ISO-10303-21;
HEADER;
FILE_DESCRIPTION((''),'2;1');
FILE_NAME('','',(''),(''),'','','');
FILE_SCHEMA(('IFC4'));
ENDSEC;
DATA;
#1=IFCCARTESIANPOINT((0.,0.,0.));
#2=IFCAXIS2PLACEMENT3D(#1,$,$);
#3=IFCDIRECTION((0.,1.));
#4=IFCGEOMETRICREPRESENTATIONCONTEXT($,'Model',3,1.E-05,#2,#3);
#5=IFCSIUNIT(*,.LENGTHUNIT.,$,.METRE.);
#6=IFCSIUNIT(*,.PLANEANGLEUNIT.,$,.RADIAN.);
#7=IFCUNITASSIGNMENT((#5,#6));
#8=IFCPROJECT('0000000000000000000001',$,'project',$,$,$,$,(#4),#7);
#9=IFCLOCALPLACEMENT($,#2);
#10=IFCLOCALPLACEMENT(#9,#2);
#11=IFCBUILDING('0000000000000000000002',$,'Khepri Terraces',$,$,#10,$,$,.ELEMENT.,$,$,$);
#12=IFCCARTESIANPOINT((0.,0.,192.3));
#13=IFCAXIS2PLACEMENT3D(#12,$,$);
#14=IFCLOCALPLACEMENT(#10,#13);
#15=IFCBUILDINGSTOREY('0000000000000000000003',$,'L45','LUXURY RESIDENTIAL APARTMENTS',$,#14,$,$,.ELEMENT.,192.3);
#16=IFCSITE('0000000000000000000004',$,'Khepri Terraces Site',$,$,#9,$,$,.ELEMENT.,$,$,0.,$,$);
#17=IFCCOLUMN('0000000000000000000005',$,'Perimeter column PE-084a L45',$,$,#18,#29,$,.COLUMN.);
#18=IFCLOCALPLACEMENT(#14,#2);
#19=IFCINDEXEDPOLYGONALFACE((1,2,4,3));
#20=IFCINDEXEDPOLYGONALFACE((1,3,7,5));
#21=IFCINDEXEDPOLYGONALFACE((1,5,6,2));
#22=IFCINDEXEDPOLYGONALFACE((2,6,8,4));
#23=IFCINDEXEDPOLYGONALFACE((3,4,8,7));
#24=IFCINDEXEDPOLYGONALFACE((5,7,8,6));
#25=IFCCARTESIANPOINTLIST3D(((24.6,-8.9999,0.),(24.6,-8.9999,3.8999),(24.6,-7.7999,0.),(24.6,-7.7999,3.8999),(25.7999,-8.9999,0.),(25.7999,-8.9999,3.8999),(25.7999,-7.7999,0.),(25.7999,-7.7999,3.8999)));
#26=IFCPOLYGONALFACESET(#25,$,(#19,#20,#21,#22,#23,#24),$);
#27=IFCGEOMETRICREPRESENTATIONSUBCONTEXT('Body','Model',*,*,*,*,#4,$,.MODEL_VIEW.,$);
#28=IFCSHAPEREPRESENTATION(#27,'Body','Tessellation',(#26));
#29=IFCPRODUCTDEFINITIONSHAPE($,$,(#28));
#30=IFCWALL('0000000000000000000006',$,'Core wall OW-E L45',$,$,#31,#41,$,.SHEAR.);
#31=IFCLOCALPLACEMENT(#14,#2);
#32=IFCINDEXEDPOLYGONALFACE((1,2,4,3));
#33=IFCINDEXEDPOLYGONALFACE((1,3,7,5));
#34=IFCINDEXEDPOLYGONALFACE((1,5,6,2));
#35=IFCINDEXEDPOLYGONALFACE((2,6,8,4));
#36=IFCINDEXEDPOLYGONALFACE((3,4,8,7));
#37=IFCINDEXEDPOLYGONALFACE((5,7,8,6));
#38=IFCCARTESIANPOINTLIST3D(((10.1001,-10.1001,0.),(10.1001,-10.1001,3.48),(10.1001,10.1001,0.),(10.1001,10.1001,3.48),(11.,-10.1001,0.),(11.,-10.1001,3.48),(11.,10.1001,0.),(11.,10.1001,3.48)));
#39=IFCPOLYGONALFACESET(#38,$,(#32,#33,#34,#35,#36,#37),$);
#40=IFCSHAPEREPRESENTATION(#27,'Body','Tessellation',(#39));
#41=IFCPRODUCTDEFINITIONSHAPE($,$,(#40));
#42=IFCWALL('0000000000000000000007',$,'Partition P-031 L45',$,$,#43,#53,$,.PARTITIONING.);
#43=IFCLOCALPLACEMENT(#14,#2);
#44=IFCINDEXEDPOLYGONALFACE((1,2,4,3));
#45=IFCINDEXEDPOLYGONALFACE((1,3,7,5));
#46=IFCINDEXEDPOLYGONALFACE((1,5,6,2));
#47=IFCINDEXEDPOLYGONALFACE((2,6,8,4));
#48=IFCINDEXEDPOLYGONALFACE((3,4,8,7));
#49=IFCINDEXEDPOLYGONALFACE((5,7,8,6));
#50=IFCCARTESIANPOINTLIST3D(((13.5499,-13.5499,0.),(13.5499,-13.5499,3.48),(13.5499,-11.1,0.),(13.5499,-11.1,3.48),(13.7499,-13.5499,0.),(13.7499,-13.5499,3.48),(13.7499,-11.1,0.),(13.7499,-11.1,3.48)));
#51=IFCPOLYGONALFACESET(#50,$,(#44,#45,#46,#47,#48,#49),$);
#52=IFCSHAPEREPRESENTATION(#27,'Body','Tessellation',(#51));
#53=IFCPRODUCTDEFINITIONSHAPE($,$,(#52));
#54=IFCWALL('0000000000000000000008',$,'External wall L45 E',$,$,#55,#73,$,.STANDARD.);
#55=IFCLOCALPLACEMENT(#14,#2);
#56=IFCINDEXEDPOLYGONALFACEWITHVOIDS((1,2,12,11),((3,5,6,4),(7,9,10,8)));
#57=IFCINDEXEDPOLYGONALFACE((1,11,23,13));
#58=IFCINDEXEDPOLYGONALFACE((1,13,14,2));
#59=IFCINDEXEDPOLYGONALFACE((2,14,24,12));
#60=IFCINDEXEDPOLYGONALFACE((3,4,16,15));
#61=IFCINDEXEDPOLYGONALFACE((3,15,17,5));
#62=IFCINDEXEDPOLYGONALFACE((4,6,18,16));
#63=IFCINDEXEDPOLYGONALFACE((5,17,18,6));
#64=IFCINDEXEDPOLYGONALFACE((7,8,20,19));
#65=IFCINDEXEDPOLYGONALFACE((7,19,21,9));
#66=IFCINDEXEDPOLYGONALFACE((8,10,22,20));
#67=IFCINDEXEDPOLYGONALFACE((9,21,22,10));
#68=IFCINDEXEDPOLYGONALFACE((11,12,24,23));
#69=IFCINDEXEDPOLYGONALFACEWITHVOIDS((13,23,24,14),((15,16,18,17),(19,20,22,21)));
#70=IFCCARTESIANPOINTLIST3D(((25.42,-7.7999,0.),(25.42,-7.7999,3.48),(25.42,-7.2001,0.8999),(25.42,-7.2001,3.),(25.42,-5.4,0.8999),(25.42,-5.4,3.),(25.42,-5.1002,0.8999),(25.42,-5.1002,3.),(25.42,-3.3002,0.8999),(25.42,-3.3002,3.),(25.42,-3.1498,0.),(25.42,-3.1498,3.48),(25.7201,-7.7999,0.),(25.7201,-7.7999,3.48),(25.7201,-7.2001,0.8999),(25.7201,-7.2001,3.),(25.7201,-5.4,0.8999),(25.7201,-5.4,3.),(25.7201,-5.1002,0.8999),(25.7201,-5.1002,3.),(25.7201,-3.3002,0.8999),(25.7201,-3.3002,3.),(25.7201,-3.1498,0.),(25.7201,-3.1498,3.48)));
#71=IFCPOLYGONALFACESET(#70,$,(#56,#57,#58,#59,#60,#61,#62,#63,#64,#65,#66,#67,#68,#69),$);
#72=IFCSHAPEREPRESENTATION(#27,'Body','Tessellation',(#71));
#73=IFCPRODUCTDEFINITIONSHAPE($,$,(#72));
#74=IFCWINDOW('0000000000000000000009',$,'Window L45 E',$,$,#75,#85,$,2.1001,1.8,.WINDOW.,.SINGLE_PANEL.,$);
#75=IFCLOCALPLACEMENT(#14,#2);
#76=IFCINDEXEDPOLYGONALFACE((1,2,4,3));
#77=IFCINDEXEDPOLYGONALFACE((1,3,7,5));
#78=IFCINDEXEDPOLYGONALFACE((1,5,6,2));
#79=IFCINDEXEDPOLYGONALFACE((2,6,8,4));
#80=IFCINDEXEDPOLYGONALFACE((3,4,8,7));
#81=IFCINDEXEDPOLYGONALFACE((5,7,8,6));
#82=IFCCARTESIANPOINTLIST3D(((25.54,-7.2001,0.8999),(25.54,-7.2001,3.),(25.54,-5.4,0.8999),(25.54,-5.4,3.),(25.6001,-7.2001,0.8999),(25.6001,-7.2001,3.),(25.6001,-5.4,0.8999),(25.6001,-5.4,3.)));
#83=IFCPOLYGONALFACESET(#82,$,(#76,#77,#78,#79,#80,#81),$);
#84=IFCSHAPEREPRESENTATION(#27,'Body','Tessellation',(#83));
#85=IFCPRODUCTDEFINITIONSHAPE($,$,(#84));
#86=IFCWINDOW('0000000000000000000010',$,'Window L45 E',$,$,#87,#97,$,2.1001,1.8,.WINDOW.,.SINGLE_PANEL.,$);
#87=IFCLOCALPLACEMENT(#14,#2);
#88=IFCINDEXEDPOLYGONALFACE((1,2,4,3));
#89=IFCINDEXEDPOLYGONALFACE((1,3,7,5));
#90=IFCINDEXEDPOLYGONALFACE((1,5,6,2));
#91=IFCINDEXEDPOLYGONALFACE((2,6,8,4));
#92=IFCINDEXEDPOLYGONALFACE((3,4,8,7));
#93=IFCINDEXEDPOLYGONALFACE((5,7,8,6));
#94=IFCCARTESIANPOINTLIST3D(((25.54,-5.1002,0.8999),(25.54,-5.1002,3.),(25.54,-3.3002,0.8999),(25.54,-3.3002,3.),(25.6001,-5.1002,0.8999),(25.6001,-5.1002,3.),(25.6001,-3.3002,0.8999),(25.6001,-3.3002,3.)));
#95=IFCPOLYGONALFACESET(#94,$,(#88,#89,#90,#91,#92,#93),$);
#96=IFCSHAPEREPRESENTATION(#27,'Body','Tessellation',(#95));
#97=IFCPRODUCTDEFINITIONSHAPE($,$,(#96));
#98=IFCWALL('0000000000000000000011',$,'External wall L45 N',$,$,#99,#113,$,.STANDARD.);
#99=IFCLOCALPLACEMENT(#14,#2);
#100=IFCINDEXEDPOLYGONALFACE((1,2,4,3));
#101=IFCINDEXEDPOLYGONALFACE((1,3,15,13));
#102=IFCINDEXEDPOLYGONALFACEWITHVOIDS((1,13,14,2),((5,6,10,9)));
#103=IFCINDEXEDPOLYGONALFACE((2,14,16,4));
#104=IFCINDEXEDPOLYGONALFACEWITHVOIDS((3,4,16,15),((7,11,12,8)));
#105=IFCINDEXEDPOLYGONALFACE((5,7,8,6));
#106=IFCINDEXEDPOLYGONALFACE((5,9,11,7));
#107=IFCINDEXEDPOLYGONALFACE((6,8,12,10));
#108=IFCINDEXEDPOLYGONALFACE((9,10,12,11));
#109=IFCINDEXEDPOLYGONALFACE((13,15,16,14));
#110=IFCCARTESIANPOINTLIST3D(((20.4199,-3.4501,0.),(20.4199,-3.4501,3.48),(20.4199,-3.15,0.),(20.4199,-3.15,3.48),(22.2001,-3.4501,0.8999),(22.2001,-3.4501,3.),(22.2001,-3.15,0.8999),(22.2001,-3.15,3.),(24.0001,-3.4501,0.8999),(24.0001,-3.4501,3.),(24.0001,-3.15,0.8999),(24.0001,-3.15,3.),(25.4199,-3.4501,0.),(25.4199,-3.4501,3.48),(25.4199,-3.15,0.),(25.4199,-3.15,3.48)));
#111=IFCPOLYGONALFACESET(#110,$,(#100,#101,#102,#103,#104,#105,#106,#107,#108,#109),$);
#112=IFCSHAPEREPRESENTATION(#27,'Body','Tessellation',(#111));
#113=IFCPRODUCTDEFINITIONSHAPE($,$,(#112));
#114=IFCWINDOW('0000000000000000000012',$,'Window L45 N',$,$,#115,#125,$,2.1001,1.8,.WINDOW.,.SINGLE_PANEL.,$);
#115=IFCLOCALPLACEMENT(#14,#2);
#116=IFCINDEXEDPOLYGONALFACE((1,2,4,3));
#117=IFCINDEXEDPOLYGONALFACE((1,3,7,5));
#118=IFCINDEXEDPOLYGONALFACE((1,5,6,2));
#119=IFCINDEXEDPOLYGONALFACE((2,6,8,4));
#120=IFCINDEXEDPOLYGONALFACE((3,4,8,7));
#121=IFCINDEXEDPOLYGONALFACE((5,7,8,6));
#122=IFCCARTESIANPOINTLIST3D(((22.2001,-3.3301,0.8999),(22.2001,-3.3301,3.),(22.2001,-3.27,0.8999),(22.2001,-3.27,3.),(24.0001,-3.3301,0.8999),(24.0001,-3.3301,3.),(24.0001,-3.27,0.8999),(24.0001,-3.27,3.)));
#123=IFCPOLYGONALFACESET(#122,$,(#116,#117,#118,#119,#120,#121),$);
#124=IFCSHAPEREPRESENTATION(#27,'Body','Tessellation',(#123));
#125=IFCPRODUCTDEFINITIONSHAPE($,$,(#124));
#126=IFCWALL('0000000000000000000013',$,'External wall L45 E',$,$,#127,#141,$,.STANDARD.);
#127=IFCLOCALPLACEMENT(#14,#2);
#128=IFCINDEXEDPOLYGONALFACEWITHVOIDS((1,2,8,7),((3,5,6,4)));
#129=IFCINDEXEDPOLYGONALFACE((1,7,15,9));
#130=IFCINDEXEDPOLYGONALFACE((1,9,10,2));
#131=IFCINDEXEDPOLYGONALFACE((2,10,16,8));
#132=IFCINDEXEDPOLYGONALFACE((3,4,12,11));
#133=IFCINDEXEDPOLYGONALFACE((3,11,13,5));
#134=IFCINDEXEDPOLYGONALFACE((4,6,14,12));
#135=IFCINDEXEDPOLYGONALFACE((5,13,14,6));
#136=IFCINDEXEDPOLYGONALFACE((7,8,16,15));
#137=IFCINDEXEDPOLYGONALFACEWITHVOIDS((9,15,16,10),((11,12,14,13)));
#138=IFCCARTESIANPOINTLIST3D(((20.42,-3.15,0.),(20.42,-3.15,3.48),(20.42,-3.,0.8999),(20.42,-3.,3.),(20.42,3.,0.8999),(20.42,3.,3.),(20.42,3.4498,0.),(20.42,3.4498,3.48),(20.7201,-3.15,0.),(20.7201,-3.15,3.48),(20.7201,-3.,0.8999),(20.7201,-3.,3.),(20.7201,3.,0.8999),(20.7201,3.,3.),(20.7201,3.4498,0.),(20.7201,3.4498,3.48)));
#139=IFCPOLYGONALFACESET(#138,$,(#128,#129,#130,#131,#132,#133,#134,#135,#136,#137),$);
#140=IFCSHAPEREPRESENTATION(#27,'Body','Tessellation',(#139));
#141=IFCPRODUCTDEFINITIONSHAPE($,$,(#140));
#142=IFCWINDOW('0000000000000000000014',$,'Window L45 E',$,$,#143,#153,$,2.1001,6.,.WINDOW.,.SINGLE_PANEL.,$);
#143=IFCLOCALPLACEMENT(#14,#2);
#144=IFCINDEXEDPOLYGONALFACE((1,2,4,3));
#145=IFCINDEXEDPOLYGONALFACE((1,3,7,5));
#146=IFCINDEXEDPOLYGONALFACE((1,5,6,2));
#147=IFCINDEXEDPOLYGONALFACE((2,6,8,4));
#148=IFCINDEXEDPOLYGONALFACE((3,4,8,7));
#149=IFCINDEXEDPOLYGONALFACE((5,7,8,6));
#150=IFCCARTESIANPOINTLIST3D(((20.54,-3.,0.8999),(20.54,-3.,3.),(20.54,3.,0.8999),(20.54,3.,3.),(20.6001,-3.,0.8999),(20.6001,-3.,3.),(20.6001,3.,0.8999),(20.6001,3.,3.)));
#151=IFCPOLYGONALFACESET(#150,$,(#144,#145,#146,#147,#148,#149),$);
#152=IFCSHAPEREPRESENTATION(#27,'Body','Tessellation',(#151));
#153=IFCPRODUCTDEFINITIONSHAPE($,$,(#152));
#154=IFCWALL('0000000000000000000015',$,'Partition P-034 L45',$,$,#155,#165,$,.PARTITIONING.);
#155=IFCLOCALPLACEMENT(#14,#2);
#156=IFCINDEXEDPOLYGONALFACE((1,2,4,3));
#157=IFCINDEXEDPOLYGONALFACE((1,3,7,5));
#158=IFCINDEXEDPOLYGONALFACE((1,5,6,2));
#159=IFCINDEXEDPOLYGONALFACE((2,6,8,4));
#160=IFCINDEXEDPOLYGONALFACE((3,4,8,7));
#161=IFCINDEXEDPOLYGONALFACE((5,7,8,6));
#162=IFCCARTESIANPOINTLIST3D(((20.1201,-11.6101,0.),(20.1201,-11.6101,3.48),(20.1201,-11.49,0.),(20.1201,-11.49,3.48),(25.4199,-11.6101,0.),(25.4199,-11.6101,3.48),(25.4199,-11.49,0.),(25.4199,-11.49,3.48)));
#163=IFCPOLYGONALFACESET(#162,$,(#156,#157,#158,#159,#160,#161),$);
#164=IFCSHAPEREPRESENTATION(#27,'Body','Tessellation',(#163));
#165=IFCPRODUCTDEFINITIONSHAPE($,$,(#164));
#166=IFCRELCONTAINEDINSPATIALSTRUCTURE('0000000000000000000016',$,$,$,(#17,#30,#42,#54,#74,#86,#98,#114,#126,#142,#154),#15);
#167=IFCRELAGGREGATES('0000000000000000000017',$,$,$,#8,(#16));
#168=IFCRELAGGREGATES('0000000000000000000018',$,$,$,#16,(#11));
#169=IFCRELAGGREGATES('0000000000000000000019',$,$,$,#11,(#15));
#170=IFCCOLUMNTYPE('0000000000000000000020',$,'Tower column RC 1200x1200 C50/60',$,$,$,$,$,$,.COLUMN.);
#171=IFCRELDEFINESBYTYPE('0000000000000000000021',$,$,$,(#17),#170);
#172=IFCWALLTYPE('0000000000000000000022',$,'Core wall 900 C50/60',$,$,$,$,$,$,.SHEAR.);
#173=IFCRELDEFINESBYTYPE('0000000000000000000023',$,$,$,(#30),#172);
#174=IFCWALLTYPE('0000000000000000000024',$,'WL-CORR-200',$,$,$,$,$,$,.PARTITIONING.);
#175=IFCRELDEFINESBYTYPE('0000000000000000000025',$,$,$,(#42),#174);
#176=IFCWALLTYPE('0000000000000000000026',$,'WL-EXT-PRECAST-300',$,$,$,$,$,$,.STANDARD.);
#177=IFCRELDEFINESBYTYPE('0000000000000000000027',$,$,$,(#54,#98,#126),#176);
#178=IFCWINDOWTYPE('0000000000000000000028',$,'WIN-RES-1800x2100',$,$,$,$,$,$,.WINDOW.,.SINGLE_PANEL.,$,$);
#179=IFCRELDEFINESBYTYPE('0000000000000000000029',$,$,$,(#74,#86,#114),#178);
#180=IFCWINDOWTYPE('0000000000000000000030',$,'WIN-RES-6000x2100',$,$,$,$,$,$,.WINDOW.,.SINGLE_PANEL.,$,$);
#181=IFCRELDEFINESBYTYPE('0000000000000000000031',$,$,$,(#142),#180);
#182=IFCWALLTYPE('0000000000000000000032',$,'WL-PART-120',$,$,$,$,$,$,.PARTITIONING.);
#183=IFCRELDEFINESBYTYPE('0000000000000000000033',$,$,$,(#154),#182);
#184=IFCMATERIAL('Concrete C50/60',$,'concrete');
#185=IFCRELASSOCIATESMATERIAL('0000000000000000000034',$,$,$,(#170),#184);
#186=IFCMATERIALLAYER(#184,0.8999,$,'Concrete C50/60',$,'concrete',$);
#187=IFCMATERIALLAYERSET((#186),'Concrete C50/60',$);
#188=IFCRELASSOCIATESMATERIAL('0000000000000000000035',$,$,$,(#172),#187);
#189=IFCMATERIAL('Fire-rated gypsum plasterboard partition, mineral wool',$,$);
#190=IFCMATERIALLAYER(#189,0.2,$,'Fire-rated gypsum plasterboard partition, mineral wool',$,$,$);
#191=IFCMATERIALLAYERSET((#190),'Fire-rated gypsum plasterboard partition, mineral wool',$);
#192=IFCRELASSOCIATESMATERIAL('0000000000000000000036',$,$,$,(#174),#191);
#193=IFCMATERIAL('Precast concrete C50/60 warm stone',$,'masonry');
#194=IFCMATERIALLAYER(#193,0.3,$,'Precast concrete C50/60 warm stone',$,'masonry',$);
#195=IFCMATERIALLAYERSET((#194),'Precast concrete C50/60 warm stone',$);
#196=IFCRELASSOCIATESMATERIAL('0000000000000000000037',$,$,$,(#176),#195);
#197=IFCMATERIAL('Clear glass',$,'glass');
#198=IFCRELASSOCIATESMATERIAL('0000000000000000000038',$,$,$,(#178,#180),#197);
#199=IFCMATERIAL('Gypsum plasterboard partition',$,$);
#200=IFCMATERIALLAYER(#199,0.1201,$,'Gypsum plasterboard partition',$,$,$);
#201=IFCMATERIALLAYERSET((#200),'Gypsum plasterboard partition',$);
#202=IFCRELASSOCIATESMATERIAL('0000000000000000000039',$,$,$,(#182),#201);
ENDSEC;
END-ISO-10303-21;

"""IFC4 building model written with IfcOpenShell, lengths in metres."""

from ifc_helpers import new_model, si_unit, direction, frame, frame_2d, origin, origin_2d, place, context, subcontext, project, spatial, rectangle, extrude, material, layer, layer_set, material_profile, profile_set, type_object, element, fill, save


model = new_model("IFC4")

# Units and contexts
model_context = context("Model", 3, precision=1e-05, world=origin(), true_north=direction((0.0, 1.0)))
body_context = subcontext(model_context, "Body", "Model", "MODEL_VIEW")
ifc_project = project(units=[si_unit("LENGTHUNIT", "METRE"), si_unit("PLANEANGLEUNIT", "RADIAN")], contexts=[model_context])

# Site, building, storey
site_placement = place(None, origin())
site = spatial("IfcSite", under=ifc_project, at=site_placement, Name="Khepri Terraces Site", CompositionType="ELEMENT", RefElevation=0.0)
building_placement = place(site_placement, origin())
building = spatial("IfcBuilding", under=site, at=building_placement, Name="Khepri Terraces", CompositionType="ELEMENT")
storey_placement = place(building_placement, frame((0.0, 0.0, 192.3)))
storey = spatial("IfcBuildingStorey", under=building, at=storey_placement, Name="L45", Description="LUXURY RESIDENTIAL APARTMENTS", CompositionType="ELEMENT", Elevation=192.3)

# Column
ifc_material_1 = material(Name="Concrete C50/60", Category="concrete")
ifc_material_profile = material_profile(ifc_material_1, rectangle(XDim=1.2, YDim=1.2, at=origin_2d()), Name="Concrete C50/60", Category="concrete")
ifc_profile_set = profile_set([ifc_material_profile], Name="Concrete C50/60")
column_type = type_object("IfcColumnType", Name="Tower column RC 1200x1200 C50/60", PredefinedType="COLUMN", material=ifc_profile_set)
column_placement = place(storey_placement, frame((25.2, -8.3999, 0.0), z_axis=(0.0, 0.0, 1.0), x_axis=(1.0, 0.0, 0.0)))
element("IfcColumn", 1, at=column_placement, inside=storey, type_object=column_type, Name="Perimeter column PE-084a L45", PredefinedType="COLUMN", context=body_context, shape_type="SweptSolid", body=[
    extrude(rectangle(XDim=1.2, YDim=1.2, at=origin_2d()), origin(), (0.0, 0.0, 1.0), 3.8999),
])

# Walls
ifc_layer_1 = layer(ifc_material_1, 0.8999, Name="Concrete C50/60", Category="concrete")
ifc_layer_set_1 = layer_set([ifc_layer_1], Name="Concrete C50/60")
wall_type_1 = type_object("IfcWallType", Name="Core wall 900 C50/60", PredefinedType="SHEAR", material=ifc_layer_set_1)
wall_1_placement = place(storey_placement, frame((10.55, -10.1001, 0.0), z_axis=(0.0, 0.0, 1.0), x_axis=(0.0, 1.0, 0.0)))
element("IfcWall", 2, at=wall_1_placement, inside=storey, type_object=wall_type_1, Name="Core wall OW-E L45", PredefinedType="SHEAR", context=body_context, shape_type="SweptSolid", body=[
    extrude(rectangle(XDim=20.2002, YDim=0.8999, at=frame_2d((10.1001, 0.0))), origin(), (0.0, 0.0, 1.0), 3.48),
])
ifc_material_2 = material(Name="Fire-rated gypsum plasterboard partition, mineral wool")
ifc_layer_2 = layer(ifc_material_2, 0.2, Name="Fire-rated gypsum plasterboard partition, mineral wool")
ifc_layer_set_2 = layer_set([ifc_layer_2], Name="Fire-rated gypsum plasterboard partition, mineral wool")
wall_type_2 = type_object("IfcWallType", Name="WL-CORR-200", PredefinedType="PARTITIONING", material=ifc_layer_set_2)
wall_2_placement = place(storey_placement, frame((13.6499, -13.55, 0.0), z_axis=(0.0, 0.0, 1.0), x_axis=(0.0, 1.0, 0.0)))
element("IfcWall", 3, at=wall_2_placement, inside=storey, type_object=wall_type_2, Name="Partition P-031 L45", PredefinedType="PARTITIONING", context=body_context, shape_type="SweptSolid", body=[
    extrude(rectangle(XDim=2.45, YDim=0.2, at=frame_2d((1.2251, 0.0))), origin(), (0.0, 0.0, 1.0), 3.48),
])

# Wall, openings, windows
ifc_material_3 = material(Name="Precast concrete C50/60 warm stone", Category="masonry")
ifc_layer_3 = layer(ifc_material_3, 0.3, Name="Precast concrete C50/60 warm stone", Category="masonry")
ifc_layer_set_3 = layer_set([ifc_layer_3], Name="Precast concrete C50/60 warm stone")
wall_type_3 = type_object("IfcWallType", Name="WL-EXT-PRECAST-300", PredefinedType="STANDARD", material=ifc_layer_set_3)
wall_3_placement = place(storey_placement, frame((25.5701, -7.8, 0.0), z_axis=(0.0, 0.0, 1.0), x_axis=(0.0, 1.0, 0.0)))
wall_3 = element("IfcWall", 4, at=wall_3_placement, inside=storey, type_object=wall_type_3, Name="External wall L45 E", PredefinedType="STANDARD", context=body_context, shape_type="SweptSolid", body=[
    extrude(rectangle(XDim=4.6501, YDim=0.3, at=frame_2d((2.3252, 0.0))), origin(), (0.0, 0.0, 1.0), 3.48),
])
opening_1_placement = place(wall_3_placement, frame((0.6001, 0.0, 0.8999)))
opening_1 = element("IfcOpeningElement", 5, at=opening_1_placement, cuts=wall_3, PredefinedType="OPENING", context=body_context, shape_type="SweptSolid", body=[
    extrude(rectangle(XDim=1.8, YDim=2.1001, at=frame_2d((0.8999, 1.05))), frame((0.0, 0.1602, 0.0), z_axis=(0.0, -1.0, 0.0), x_axis=(1.0, 0.0, 0.0)), (0.0, 0.0, 1.0), 0.3201),
])
opening_2_placement = place(wall_3_placement, frame((2.7, 0.0, 0.8999)))
opening_2 = element("IfcOpeningElement", 6, at=opening_2_placement, cuts=wall_3, PredefinedType="OPENING", context=body_context, shape_type="SweptSolid", body=[
    extrude(rectangle(XDim=1.8, YDim=2.1001, at=frame_2d((0.8999, 1.05))), frame((0.0, 0.1602, 0.0), z_axis=(0.0, -1.0, 0.0), x_axis=(1.0, 0.0, 0.0)), (0.0, 0.0, 1.0), 0.3201),
])
ifc_material_4 = material(Name="Clear glass", Category="glass")
window_type_1 = type_object("IfcWindowType", Name="WIN-RES-1800x2100", PartitioningType="SINGLE_PANEL", PredefinedType="WINDOW", material=ifc_material_4)
window_1_placement = place(opening_1_placement, origin())
window_1 = element("IfcWindow", 7, at=window_1_placement, inside=storey, type_object=window_type_1, Name="Window L45 E", OverallHeight=2.1001, OverallWidth=1.8, PartitioningType="SINGLE_PANEL", PredefinedType="WINDOW", context=body_context, shape_type="SweptSolid", body=[
    extrude(rectangle(XDim=1.8, YDim=2.1001, at=frame_2d((0.8999, 1.05))), frame((0.0, 0.03, 0.0), z_axis=(0.0, -1.0, 0.0), x_axis=(1.0, 0.0, 0.0)), (0.0, 0.0, 1.0), 0.0601),
])
fill(opening_1, window_1)
window_2_placement = place(opening_2_placement, origin())
window_2 = element("IfcWindow", 8, at=window_2_placement, inside=storey, type_object=window_type_1, Name="Window L45 E", OverallHeight=2.1001, OverallWidth=1.8, PartitioningType="SINGLE_PANEL", PredefinedType="WINDOW", context=body_context, shape_type="SweptSolid", body=[
    extrude(rectangle(XDim=1.8, YDim=2.1001, at=frame_2d((0.8999, 1.05))), frame((0.0, 0.03, 0.0), z_axis=(0.0, -1.0, 0.0), x_axis=(1.0, 0.0, 0.0)), (0.0, 0.0, 1.0), 0.0601),
])
fill(opening_2, window_2)

# Walls, openings, windows
wall_4_placement = place(storey_placement, frame((25.4199, -3.3, 0.0), z_axis=(0.0, 0.0, 1.0), x_axis=(-1.0, 0.0, 0.0)))
wall_4 = element("IfcWall", 9, at=wall_4_placement, inside=storey, type_object=wall_type_3, Name="External wall L45 N", PredefinedType="STANDARD", context=body_context, shape_type="SweptSolid", body=[
    extrude(rectangle(XDim=5.0, YDim=0.3, at=frame_2d((2.5, 0.0))), origin(), (0.0, 0.0, 1.0), 3.48),
])
opening_3_placement = place(wall_4_placement, frame((1.4199, 0.0, 0.8999)))
opening_3 = element("IfcOpeningElement", 10, at=opening_3_placement, cuts=wall_4, PredefinedType="OPENING", context=body_context, shape_type="SweptSolid", body=[
    extrude(rectangle(XDim=1.8, YDim=2.1001, at=frame_2d((0.8999, 1.05))), frame((0.0, 0.1602, 0.0), z_axis=(0.0, -1.0, 0.0), x_axis=(1.0, 0.0, 0.0)), (0.0, 0.0, 1.0), 0.3201),
])
window_3_placement = place(opening_3_placement, origin())
window_3 = element("IfcWindow", 11, at=window_3_placement, inside=storey, type_object=window_type_1, Name="Window L45 N", OverallHeight=2.1001, OverallWidth=1.8, PartitioningType="SINGLE_PANEL", PredefinedType="WINDOW", context=body_context, shape_type="SweptSolid", body=[
    extrude(rectangle(XDim=1.8, YDim=2.1001, at=frame_2d((0.8999, 1.05))), frame((0.0, 0.03, 0.0), z_axis=(0.0, -1.0, 0.0), x_axis=(1.0, 0.0, 0.0)), (0.0, 0.0, 1.0), 0.0601),
])
fill(opening_3, window_3)
wall_5_placement = place(storey_placement, frame((20.5701, -3.1499, 0.0), z_axis=(0.0, 0.0, 1.0), x_axis=(0.0, 1.0, 0.0)))
wall_5 = element("IfcWall", 12, at=wall_5_placement, inside=storey, type_object=wall_type_3, Name="External wall L45 E", PredefinedType="STANDARD", context=body_context, shape_type="SweptSolid", body=[
    extrude(rectangle(XDim=6.5999, YDim=0.3, at=frame_2d((3.2998, 0.0))), origin(), (0.0, 0.0, 1.0), 3.48),
])
opening_4_placement = place(wall_5_placement, frame((0.1499, 0.0, 0.8999)))
opening_4 = element("IfcOpeningElement", 13, at=opening_4_placement, cuts=wall_5, PredefinedType="OPENING", context=body_context, shape_type="SweptSolid", body=[
    extrude(rectangle(XDim=6.0, YDim=2.1001, at=frame_2d((3.0, 1.05))), frame((0.0, 0.1602, 0.0), z_axis=(0.0, -1.0, 0.0), x_axis=(1.0, 0.0, 0.0)), (0.0, 0.0, 1.0), 0.3201),
])
window_type_2 = type_object("IfcWindowType", Name="WIN-RES-6000x2100", PartitioningType="SINGLE_PANEL", PredefinedType="WINDOW", material=ifc_material_4)
window_4_placement = place(opening_4_placement, origin())
window_4 = element("IfcWindow", 14, at=window_4_placement, inside=storey, type_object=window_type_2, Name="Window L45 E", OverallHeight=2.1001, OverallWidth=6.0, PartitioningType="SINGLE_PANEL", PredefinedType="WINDOW", context=body_context, shape_type="SweptSolid", body=[
    extrude(rectangle(XDim=6.0, YDim=2.1001, at=frame_2d((3.0, 1.05))), frame((0.0, 0.03, 0.0), z_axis=(0.0, -1.0, 0.0), x_axis=(1.0, 0.0, 0.0)), (0.0, 0.0, 1.0), 0.0601),
])
fill(opening_4, window_4)

# Wall
ifc_material_5 = material(Name="Gypsum plasterboard partition")
ifc_layer_4 = layer(ifc_material_5, 0.1201, Name="Gypsum plasterboard partition")
ifc_layer_set_4 = layer_set([ifc_layer_4], Name="Gypsum plasterboard partition")
wall_type_4 = type_object("IfcWallType", Name="WL-PART-120", PredefinedType="PARTITIONING", material=ifc_layer_set_4)
wall_6_placement = place(storey_placement, frame((20.1201, -11.55, 0.0), z_axis=(0.0, 0.0, 1.0), x_axis=(1.0, 0.0, 0.0)))
element("IfcWall", 15, at=wall_6_placement, inside=storey, type_object=wall_type_4, Name="Partition P-034 L45", PredefinedType="PARTITIONING", context=body_context, shape_type="SweptSolid", body=[
    extrude(rectangle(XDim=5.2998, YDim=0.1201, at=frame_2d((2.6499, 0.0))), origin(), (0.0, 0.0, 1.0), 3.48),
])

save(model, "model.ifc")
